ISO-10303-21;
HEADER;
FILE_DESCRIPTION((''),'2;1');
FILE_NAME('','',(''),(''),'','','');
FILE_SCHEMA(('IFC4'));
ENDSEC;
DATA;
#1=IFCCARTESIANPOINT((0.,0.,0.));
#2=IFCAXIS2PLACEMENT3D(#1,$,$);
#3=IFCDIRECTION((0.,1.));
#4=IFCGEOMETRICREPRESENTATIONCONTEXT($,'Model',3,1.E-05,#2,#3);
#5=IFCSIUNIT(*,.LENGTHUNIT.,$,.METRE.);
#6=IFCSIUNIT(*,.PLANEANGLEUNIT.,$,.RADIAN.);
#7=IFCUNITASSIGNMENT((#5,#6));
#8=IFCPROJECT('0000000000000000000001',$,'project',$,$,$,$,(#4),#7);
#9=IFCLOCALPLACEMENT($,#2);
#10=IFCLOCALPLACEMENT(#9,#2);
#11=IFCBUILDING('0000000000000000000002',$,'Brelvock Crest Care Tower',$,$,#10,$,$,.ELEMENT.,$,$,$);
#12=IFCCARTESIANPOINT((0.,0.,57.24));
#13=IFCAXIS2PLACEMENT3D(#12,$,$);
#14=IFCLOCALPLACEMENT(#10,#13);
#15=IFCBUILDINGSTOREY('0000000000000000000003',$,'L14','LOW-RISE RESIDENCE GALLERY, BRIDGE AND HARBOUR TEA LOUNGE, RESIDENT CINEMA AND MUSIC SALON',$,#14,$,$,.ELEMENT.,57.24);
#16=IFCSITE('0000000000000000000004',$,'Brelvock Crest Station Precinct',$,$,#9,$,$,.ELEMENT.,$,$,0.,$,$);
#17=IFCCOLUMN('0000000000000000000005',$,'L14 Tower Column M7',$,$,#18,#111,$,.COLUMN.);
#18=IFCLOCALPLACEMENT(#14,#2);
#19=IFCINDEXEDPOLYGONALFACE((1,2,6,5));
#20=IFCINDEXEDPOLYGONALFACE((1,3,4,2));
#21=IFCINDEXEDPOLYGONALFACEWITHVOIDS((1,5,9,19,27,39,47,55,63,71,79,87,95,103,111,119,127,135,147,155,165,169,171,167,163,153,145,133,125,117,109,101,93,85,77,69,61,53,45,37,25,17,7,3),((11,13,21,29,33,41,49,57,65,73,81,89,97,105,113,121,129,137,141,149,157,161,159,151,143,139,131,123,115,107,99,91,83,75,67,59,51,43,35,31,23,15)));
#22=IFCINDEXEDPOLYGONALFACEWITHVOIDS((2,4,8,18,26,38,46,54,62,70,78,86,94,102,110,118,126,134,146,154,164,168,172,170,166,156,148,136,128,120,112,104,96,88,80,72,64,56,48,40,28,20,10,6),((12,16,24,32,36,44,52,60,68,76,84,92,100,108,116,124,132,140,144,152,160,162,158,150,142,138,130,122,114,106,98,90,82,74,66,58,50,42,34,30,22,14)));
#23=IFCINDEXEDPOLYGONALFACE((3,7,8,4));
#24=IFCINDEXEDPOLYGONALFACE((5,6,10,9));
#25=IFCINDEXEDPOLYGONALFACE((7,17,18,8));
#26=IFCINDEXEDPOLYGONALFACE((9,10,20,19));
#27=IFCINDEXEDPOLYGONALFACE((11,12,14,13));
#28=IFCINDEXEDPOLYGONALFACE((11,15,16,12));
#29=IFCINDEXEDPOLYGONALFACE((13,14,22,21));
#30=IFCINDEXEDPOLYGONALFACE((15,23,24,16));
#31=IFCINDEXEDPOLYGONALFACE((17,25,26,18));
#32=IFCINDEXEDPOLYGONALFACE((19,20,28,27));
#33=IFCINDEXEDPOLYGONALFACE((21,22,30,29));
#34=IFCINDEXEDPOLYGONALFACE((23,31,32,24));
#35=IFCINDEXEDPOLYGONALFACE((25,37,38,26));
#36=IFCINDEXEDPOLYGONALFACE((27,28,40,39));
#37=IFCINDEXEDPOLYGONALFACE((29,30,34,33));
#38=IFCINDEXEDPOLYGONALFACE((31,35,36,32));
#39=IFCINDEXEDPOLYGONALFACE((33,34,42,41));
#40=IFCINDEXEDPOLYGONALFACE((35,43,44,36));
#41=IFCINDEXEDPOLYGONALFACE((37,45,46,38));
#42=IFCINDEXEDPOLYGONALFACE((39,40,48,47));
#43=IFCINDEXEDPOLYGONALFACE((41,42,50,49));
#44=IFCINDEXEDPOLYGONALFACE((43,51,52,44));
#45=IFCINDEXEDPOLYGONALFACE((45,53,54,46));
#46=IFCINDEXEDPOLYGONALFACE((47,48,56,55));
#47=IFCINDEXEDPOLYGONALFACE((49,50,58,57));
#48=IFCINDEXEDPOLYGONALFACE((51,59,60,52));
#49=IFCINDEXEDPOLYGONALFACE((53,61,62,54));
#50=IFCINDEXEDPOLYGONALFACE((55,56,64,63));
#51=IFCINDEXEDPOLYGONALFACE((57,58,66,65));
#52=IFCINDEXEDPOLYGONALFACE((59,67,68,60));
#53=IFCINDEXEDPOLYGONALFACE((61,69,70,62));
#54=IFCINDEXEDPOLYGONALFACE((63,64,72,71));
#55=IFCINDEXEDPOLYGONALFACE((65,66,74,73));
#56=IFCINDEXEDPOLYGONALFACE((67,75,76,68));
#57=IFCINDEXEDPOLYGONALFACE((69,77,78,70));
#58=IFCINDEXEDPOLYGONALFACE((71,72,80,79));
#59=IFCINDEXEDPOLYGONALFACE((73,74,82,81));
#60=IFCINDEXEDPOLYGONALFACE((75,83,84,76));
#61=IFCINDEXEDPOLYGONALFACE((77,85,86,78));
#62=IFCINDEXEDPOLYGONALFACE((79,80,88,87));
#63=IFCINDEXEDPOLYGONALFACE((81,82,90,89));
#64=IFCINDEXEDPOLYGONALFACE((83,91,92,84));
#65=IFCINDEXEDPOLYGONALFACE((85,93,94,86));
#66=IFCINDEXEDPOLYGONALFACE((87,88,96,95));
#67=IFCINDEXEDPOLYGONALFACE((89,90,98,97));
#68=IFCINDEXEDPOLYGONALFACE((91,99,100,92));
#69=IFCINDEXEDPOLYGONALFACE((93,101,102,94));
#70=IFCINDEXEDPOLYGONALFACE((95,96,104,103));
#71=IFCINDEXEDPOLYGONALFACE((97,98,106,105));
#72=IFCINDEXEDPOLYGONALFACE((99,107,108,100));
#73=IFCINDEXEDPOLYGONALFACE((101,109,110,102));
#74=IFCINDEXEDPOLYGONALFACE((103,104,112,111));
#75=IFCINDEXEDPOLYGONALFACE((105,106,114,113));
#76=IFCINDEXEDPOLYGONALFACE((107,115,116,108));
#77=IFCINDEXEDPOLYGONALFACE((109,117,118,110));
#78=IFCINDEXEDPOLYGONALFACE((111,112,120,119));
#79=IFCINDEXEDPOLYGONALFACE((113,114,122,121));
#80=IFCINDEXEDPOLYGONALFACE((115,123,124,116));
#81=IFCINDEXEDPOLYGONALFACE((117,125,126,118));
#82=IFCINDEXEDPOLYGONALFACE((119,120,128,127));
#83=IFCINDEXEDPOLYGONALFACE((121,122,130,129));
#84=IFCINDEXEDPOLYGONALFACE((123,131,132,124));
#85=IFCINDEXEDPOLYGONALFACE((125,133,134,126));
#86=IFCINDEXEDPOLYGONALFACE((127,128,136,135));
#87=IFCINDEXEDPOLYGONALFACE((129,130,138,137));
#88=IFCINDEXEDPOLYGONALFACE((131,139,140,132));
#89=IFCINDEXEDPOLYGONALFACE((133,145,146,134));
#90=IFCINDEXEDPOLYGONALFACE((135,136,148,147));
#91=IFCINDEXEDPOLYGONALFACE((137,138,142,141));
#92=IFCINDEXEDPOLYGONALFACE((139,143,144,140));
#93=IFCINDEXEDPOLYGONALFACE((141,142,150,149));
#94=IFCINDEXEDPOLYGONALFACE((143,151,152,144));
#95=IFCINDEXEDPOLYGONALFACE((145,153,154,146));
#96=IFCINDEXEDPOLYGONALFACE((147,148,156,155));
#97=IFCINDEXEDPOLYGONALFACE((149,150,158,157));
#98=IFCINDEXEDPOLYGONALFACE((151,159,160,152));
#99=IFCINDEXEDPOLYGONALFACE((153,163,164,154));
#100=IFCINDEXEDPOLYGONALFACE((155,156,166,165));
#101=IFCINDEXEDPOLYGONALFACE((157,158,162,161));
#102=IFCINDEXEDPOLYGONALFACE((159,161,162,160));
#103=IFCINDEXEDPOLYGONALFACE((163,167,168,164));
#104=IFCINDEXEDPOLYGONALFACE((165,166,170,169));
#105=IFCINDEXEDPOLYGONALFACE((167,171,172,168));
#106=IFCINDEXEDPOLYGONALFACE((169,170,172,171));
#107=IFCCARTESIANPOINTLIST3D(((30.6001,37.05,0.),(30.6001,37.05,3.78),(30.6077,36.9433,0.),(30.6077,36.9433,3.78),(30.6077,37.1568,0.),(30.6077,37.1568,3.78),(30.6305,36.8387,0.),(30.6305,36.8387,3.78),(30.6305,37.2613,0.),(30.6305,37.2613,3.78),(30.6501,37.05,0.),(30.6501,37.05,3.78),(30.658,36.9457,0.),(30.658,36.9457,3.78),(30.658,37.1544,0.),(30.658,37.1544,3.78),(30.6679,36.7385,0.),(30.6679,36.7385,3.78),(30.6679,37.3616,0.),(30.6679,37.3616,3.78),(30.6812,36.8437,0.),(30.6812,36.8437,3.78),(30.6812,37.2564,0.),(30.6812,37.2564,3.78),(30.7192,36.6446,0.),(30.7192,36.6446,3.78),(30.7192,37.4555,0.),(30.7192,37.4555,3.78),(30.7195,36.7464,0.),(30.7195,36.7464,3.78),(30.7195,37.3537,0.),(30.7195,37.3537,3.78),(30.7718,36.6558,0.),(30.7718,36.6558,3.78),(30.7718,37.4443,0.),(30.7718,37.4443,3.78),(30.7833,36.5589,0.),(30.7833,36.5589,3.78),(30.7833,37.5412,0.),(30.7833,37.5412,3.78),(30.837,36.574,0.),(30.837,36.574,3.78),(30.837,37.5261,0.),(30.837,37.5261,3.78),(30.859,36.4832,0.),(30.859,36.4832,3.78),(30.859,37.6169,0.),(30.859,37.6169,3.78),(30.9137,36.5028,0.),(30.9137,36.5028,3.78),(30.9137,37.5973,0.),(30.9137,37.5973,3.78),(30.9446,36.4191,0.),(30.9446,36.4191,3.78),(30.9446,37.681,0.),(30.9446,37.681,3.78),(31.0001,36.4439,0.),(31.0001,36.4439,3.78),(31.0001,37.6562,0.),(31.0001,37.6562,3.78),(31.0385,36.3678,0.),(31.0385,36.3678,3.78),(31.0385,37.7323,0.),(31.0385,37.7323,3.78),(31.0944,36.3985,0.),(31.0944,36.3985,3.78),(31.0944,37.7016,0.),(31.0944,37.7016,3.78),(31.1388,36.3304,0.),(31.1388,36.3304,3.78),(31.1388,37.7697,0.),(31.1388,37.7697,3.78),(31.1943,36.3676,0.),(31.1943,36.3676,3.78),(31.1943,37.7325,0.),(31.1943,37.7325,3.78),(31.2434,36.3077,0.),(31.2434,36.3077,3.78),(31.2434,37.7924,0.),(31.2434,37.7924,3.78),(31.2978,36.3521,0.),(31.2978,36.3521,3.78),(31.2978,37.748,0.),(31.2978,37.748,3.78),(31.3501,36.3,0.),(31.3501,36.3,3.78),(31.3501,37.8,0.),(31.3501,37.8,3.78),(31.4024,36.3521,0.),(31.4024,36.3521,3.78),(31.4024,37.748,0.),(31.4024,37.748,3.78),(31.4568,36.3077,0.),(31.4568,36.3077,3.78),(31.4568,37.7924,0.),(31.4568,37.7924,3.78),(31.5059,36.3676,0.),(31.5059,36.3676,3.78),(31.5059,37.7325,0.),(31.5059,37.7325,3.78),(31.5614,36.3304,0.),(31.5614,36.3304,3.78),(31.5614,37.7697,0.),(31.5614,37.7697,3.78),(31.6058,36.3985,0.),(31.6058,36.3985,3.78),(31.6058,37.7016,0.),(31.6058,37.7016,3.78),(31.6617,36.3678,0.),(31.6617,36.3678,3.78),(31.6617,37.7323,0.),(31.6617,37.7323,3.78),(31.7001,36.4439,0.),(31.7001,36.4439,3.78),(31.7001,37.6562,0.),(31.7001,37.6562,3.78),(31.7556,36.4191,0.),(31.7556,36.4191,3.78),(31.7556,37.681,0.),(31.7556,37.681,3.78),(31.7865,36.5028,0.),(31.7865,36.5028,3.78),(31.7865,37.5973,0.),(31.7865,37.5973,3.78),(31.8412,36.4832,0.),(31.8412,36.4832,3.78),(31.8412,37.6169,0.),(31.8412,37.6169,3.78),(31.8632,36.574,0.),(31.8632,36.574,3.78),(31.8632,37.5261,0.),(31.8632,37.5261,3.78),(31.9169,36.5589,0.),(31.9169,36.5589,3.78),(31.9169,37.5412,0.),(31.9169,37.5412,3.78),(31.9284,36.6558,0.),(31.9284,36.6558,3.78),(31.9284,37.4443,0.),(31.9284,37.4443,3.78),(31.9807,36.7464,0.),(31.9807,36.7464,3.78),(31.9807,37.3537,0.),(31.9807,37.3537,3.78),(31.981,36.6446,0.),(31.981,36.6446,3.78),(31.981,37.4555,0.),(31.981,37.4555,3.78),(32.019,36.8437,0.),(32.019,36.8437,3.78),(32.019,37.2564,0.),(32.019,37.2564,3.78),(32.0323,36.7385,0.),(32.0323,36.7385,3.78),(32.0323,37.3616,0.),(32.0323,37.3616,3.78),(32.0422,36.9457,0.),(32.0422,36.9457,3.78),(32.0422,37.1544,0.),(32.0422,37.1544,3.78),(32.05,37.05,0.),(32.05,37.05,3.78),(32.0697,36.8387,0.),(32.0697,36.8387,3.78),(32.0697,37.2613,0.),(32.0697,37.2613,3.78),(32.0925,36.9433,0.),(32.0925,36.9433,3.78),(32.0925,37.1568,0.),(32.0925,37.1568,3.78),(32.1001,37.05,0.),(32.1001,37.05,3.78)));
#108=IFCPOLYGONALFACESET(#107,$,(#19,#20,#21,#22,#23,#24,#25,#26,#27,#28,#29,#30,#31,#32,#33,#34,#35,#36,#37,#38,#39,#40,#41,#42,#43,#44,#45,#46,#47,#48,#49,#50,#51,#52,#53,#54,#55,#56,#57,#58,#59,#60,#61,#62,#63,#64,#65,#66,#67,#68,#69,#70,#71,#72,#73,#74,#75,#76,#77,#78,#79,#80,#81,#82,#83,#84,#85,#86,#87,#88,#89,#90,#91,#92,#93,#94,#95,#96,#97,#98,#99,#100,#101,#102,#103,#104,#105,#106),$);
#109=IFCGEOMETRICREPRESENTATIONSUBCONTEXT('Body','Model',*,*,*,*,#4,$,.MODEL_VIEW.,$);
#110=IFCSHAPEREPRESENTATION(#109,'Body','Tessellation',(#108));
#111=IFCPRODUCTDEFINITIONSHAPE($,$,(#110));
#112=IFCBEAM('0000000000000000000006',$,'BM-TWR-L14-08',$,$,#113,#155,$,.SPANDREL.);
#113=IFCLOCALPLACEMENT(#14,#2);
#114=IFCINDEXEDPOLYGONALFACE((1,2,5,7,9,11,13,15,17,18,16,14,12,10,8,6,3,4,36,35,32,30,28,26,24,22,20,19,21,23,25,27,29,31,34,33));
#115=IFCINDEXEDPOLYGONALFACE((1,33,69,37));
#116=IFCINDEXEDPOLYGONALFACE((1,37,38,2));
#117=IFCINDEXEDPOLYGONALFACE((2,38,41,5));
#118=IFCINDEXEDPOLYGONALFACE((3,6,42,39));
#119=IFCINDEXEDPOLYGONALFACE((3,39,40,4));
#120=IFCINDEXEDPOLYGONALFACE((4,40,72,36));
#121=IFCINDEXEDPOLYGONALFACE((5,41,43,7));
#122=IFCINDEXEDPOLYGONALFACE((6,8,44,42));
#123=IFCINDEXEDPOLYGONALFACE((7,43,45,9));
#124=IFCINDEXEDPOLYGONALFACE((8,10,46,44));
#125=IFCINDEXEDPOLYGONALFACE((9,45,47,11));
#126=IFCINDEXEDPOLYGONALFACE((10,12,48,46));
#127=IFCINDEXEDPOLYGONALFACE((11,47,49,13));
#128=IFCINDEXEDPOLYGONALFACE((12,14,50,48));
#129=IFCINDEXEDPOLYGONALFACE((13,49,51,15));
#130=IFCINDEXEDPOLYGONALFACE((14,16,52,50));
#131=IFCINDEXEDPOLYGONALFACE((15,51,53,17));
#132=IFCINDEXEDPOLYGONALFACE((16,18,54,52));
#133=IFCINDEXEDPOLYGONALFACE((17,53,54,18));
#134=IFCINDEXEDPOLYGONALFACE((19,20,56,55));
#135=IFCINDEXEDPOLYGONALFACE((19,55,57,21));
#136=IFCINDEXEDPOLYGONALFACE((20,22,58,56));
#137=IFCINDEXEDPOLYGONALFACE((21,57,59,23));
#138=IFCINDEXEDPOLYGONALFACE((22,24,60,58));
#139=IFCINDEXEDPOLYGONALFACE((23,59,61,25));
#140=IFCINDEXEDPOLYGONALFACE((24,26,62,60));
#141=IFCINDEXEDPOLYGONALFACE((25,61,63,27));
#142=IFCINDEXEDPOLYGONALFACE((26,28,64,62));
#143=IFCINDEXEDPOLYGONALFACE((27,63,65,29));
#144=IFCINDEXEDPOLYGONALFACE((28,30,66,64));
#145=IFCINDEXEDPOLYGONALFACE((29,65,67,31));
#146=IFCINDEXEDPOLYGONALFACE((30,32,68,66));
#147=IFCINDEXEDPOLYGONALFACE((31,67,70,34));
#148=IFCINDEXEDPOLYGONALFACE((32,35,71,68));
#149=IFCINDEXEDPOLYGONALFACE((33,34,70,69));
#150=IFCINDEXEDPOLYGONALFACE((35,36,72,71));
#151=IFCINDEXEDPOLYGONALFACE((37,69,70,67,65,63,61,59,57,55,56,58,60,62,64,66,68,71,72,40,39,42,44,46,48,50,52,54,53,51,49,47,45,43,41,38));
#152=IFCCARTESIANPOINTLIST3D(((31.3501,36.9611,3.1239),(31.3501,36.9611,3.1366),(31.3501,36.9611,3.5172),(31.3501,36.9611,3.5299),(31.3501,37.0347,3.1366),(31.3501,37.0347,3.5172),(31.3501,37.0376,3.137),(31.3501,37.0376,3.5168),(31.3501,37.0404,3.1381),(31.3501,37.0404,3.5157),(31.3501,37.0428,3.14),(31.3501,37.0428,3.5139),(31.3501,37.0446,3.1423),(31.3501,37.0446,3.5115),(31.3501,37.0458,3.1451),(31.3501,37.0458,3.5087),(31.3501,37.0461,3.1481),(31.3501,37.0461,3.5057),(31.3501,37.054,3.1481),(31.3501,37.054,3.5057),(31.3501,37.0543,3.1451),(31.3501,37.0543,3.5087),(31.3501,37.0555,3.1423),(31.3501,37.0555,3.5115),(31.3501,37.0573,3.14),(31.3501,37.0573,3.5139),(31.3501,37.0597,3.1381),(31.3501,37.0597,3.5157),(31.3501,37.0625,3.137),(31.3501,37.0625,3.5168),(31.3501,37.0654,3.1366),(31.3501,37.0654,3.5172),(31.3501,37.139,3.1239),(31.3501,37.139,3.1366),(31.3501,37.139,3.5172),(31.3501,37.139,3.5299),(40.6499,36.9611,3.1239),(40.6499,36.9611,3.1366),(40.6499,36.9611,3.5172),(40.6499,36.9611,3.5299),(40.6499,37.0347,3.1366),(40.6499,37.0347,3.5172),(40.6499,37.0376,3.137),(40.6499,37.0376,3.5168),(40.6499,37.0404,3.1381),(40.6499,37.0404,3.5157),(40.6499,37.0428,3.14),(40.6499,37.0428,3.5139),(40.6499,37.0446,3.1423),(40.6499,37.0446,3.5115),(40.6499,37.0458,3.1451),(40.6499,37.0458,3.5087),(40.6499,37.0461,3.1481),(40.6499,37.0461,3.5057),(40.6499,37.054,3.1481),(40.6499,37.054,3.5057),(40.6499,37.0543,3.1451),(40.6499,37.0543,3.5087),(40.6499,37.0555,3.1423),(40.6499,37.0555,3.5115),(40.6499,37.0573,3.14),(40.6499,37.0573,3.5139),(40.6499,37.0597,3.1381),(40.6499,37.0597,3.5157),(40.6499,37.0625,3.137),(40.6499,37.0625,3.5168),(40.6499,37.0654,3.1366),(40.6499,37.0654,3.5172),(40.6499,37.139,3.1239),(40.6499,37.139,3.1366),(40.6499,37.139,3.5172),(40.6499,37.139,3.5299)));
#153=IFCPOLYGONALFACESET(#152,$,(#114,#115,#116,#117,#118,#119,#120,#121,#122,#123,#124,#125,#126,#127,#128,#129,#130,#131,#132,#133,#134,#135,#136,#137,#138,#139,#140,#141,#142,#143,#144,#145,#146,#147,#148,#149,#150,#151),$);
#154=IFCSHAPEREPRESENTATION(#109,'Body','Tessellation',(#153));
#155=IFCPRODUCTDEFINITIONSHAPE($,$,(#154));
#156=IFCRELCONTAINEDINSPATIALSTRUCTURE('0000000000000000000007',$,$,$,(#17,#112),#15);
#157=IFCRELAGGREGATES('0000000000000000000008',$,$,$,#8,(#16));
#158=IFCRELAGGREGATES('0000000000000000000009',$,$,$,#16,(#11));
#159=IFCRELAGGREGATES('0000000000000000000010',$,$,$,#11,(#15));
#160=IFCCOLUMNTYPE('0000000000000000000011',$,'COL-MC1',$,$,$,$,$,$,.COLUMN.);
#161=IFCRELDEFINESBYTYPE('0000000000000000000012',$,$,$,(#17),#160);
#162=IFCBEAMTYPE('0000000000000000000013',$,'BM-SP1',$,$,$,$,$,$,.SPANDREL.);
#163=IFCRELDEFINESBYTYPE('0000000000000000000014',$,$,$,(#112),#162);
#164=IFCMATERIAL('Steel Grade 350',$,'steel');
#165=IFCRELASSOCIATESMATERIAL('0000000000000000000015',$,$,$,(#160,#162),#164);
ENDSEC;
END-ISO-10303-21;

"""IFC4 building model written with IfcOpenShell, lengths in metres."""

from ifc_helpers import new_model, si_unit, direction, frame, origin, origin_2d, place, context, subcontext, project, spatial, hollow_circle, i_section, extrude, source, transform, mapped, material, material_profile, profile_set, type_object, element, save


model = new_model("IFC4")

# Units and contexts
model_context = context("Model", 3, precision=1e-05, world=origin(), true_north=direction((0.0, 1.0)))
body_context = subcontext(model_context, "Body", "Model", "MODEL_VIEW")
ifc_project = project(units=[si_unit("LENGTHUNIT", "METRE"), si_unit("PLANEANGLEUNIT", "RADIAN")], contexts=[model_context])

# Site, building, storey
site_placement = place(None, origin())
site = spatial("IfcSite", under=ifc_project, at=site_placement, Name="Brelvock Crest Station Precinct", CompositionType="ELEMENT", RefElevation=0.0)
building_placement = place(site_placement, origin())
building = spatial("IfcBuilding", under=site, at=building_placement, Name="Brelvock Crest Care Tower", CompositionType="ELEMENT")
storey_placement = place(building_placement, frame((0.0, 0.0, 57.24)))
storey = spatial("IfcBuildingStorey", under=building, at=storey_placement, Name="L14", Description="LOW-RISE RESIDENCE GALLERY, BRIDGE AND HARBOUR TEA LOUNGE, RESIDENT CINEMA AND MUSIC SALON", CompositionType="ELEMENT", Elevation=57.24)

# Column
ifc_material_1 = material(Name="Steel Grade 350", Category="steel")
ifc_material_profile_1 = material_profile(ifc_material_1, hollow_circle(Radius=0.75, WallThickness=0.05, at=origin_2d()), Name="CFT1500x50")
ifc_profile_set_1 = profile_set([ifc_material_profile_1], Name="Steel Grade 350")
column_type = type_object("IfcColumnType", Name="COL-MC1", PredefinedType="COLUMN", material=ifc_profile_set_1)
shared_shape_1 = source(origin(), body_context, "Body", "SweptSolid", [
    extrude(hollow_circle(Radius=0.75, WallThickness=0.05, at=origin_2d()), origin(), (0.0, 0.0, 1.0), 3.78),
])
column_placement = place(storey_placement, frame((31.3501, 37.05, 0.0), z_axis=(0.0, 0.0, 1.0), x_axis=(1.0, 0.0, 0.0)))
element("IfcColumn", 1, at=column_placement, inside=storey, type_object=column_type, Name="L14 Tower Column M7", PredefinedType="COLUMN", context=body_context, shape_type="MappedRepresentation", body=[
    mapped(shared_shape_1, transform((0.0, 0.0, 0.0), x_axis=(1.0, 0.0, 0.0), y_axis=(0.0, 1.0, 0.0), z_axis=(0.0, 0.0, 1.0), scale=1.0)),
])

# Beam
ifc_material_profile_2 = material_profile(ifc_material_1, i_section(OverallWidth=0.178, OverallDepth=0.406, WebThickness=0.0078, FlangeThickness=0.0127, FilletRadius=0.0115, at=origin_2d()), Name="410UB59.7")
ifc_profile_set_2 = profile_set([ifc_material_profile_2], Name="Steel Grade 350")
beam_type_1 = type_object("IfcBeamType", Name="BM-SP1", PredefinedType="SPANDREL", material=ifc_profile_set_2)
shared_shape_2 = source(origin(), body_context, "Body", "SweptSolid", [
    extrude(i_section(OverallWidth=0.178, OverallDepth=0.406, WebThickness=0.0078, FlangeThickness=0.0127, FilletRadius=0.0115, at=origin_2d()), origin(), (0.0, 0.0, 1.0), 9.2998),
])
beam_placement = place(storey_placement, frame((31.3501, 37.05, 3.3269), z_axis=(1.0, 0.0, 0.0), x_axis=(0.0, 1.0, 0.0)))
element("IfcBeam", 2, at=beam_placement, inside=storey, type_object=beam_type_1, Name="BM-TWR-L14-08", PredefinedType="SPANDREL", context=body_context, shape_type="MappedRepresentation", body=[
    mapped(shared_shape_2, transform((0.0, 0.0, 0.0), x_axis=(1.0, 0.0, 0.0), y_axis=(0.0, 1.0, 0.0), z_axis=(0.0, 0.0, 1.0), scale=1.0)),
])

save(model, "model.ifc")
